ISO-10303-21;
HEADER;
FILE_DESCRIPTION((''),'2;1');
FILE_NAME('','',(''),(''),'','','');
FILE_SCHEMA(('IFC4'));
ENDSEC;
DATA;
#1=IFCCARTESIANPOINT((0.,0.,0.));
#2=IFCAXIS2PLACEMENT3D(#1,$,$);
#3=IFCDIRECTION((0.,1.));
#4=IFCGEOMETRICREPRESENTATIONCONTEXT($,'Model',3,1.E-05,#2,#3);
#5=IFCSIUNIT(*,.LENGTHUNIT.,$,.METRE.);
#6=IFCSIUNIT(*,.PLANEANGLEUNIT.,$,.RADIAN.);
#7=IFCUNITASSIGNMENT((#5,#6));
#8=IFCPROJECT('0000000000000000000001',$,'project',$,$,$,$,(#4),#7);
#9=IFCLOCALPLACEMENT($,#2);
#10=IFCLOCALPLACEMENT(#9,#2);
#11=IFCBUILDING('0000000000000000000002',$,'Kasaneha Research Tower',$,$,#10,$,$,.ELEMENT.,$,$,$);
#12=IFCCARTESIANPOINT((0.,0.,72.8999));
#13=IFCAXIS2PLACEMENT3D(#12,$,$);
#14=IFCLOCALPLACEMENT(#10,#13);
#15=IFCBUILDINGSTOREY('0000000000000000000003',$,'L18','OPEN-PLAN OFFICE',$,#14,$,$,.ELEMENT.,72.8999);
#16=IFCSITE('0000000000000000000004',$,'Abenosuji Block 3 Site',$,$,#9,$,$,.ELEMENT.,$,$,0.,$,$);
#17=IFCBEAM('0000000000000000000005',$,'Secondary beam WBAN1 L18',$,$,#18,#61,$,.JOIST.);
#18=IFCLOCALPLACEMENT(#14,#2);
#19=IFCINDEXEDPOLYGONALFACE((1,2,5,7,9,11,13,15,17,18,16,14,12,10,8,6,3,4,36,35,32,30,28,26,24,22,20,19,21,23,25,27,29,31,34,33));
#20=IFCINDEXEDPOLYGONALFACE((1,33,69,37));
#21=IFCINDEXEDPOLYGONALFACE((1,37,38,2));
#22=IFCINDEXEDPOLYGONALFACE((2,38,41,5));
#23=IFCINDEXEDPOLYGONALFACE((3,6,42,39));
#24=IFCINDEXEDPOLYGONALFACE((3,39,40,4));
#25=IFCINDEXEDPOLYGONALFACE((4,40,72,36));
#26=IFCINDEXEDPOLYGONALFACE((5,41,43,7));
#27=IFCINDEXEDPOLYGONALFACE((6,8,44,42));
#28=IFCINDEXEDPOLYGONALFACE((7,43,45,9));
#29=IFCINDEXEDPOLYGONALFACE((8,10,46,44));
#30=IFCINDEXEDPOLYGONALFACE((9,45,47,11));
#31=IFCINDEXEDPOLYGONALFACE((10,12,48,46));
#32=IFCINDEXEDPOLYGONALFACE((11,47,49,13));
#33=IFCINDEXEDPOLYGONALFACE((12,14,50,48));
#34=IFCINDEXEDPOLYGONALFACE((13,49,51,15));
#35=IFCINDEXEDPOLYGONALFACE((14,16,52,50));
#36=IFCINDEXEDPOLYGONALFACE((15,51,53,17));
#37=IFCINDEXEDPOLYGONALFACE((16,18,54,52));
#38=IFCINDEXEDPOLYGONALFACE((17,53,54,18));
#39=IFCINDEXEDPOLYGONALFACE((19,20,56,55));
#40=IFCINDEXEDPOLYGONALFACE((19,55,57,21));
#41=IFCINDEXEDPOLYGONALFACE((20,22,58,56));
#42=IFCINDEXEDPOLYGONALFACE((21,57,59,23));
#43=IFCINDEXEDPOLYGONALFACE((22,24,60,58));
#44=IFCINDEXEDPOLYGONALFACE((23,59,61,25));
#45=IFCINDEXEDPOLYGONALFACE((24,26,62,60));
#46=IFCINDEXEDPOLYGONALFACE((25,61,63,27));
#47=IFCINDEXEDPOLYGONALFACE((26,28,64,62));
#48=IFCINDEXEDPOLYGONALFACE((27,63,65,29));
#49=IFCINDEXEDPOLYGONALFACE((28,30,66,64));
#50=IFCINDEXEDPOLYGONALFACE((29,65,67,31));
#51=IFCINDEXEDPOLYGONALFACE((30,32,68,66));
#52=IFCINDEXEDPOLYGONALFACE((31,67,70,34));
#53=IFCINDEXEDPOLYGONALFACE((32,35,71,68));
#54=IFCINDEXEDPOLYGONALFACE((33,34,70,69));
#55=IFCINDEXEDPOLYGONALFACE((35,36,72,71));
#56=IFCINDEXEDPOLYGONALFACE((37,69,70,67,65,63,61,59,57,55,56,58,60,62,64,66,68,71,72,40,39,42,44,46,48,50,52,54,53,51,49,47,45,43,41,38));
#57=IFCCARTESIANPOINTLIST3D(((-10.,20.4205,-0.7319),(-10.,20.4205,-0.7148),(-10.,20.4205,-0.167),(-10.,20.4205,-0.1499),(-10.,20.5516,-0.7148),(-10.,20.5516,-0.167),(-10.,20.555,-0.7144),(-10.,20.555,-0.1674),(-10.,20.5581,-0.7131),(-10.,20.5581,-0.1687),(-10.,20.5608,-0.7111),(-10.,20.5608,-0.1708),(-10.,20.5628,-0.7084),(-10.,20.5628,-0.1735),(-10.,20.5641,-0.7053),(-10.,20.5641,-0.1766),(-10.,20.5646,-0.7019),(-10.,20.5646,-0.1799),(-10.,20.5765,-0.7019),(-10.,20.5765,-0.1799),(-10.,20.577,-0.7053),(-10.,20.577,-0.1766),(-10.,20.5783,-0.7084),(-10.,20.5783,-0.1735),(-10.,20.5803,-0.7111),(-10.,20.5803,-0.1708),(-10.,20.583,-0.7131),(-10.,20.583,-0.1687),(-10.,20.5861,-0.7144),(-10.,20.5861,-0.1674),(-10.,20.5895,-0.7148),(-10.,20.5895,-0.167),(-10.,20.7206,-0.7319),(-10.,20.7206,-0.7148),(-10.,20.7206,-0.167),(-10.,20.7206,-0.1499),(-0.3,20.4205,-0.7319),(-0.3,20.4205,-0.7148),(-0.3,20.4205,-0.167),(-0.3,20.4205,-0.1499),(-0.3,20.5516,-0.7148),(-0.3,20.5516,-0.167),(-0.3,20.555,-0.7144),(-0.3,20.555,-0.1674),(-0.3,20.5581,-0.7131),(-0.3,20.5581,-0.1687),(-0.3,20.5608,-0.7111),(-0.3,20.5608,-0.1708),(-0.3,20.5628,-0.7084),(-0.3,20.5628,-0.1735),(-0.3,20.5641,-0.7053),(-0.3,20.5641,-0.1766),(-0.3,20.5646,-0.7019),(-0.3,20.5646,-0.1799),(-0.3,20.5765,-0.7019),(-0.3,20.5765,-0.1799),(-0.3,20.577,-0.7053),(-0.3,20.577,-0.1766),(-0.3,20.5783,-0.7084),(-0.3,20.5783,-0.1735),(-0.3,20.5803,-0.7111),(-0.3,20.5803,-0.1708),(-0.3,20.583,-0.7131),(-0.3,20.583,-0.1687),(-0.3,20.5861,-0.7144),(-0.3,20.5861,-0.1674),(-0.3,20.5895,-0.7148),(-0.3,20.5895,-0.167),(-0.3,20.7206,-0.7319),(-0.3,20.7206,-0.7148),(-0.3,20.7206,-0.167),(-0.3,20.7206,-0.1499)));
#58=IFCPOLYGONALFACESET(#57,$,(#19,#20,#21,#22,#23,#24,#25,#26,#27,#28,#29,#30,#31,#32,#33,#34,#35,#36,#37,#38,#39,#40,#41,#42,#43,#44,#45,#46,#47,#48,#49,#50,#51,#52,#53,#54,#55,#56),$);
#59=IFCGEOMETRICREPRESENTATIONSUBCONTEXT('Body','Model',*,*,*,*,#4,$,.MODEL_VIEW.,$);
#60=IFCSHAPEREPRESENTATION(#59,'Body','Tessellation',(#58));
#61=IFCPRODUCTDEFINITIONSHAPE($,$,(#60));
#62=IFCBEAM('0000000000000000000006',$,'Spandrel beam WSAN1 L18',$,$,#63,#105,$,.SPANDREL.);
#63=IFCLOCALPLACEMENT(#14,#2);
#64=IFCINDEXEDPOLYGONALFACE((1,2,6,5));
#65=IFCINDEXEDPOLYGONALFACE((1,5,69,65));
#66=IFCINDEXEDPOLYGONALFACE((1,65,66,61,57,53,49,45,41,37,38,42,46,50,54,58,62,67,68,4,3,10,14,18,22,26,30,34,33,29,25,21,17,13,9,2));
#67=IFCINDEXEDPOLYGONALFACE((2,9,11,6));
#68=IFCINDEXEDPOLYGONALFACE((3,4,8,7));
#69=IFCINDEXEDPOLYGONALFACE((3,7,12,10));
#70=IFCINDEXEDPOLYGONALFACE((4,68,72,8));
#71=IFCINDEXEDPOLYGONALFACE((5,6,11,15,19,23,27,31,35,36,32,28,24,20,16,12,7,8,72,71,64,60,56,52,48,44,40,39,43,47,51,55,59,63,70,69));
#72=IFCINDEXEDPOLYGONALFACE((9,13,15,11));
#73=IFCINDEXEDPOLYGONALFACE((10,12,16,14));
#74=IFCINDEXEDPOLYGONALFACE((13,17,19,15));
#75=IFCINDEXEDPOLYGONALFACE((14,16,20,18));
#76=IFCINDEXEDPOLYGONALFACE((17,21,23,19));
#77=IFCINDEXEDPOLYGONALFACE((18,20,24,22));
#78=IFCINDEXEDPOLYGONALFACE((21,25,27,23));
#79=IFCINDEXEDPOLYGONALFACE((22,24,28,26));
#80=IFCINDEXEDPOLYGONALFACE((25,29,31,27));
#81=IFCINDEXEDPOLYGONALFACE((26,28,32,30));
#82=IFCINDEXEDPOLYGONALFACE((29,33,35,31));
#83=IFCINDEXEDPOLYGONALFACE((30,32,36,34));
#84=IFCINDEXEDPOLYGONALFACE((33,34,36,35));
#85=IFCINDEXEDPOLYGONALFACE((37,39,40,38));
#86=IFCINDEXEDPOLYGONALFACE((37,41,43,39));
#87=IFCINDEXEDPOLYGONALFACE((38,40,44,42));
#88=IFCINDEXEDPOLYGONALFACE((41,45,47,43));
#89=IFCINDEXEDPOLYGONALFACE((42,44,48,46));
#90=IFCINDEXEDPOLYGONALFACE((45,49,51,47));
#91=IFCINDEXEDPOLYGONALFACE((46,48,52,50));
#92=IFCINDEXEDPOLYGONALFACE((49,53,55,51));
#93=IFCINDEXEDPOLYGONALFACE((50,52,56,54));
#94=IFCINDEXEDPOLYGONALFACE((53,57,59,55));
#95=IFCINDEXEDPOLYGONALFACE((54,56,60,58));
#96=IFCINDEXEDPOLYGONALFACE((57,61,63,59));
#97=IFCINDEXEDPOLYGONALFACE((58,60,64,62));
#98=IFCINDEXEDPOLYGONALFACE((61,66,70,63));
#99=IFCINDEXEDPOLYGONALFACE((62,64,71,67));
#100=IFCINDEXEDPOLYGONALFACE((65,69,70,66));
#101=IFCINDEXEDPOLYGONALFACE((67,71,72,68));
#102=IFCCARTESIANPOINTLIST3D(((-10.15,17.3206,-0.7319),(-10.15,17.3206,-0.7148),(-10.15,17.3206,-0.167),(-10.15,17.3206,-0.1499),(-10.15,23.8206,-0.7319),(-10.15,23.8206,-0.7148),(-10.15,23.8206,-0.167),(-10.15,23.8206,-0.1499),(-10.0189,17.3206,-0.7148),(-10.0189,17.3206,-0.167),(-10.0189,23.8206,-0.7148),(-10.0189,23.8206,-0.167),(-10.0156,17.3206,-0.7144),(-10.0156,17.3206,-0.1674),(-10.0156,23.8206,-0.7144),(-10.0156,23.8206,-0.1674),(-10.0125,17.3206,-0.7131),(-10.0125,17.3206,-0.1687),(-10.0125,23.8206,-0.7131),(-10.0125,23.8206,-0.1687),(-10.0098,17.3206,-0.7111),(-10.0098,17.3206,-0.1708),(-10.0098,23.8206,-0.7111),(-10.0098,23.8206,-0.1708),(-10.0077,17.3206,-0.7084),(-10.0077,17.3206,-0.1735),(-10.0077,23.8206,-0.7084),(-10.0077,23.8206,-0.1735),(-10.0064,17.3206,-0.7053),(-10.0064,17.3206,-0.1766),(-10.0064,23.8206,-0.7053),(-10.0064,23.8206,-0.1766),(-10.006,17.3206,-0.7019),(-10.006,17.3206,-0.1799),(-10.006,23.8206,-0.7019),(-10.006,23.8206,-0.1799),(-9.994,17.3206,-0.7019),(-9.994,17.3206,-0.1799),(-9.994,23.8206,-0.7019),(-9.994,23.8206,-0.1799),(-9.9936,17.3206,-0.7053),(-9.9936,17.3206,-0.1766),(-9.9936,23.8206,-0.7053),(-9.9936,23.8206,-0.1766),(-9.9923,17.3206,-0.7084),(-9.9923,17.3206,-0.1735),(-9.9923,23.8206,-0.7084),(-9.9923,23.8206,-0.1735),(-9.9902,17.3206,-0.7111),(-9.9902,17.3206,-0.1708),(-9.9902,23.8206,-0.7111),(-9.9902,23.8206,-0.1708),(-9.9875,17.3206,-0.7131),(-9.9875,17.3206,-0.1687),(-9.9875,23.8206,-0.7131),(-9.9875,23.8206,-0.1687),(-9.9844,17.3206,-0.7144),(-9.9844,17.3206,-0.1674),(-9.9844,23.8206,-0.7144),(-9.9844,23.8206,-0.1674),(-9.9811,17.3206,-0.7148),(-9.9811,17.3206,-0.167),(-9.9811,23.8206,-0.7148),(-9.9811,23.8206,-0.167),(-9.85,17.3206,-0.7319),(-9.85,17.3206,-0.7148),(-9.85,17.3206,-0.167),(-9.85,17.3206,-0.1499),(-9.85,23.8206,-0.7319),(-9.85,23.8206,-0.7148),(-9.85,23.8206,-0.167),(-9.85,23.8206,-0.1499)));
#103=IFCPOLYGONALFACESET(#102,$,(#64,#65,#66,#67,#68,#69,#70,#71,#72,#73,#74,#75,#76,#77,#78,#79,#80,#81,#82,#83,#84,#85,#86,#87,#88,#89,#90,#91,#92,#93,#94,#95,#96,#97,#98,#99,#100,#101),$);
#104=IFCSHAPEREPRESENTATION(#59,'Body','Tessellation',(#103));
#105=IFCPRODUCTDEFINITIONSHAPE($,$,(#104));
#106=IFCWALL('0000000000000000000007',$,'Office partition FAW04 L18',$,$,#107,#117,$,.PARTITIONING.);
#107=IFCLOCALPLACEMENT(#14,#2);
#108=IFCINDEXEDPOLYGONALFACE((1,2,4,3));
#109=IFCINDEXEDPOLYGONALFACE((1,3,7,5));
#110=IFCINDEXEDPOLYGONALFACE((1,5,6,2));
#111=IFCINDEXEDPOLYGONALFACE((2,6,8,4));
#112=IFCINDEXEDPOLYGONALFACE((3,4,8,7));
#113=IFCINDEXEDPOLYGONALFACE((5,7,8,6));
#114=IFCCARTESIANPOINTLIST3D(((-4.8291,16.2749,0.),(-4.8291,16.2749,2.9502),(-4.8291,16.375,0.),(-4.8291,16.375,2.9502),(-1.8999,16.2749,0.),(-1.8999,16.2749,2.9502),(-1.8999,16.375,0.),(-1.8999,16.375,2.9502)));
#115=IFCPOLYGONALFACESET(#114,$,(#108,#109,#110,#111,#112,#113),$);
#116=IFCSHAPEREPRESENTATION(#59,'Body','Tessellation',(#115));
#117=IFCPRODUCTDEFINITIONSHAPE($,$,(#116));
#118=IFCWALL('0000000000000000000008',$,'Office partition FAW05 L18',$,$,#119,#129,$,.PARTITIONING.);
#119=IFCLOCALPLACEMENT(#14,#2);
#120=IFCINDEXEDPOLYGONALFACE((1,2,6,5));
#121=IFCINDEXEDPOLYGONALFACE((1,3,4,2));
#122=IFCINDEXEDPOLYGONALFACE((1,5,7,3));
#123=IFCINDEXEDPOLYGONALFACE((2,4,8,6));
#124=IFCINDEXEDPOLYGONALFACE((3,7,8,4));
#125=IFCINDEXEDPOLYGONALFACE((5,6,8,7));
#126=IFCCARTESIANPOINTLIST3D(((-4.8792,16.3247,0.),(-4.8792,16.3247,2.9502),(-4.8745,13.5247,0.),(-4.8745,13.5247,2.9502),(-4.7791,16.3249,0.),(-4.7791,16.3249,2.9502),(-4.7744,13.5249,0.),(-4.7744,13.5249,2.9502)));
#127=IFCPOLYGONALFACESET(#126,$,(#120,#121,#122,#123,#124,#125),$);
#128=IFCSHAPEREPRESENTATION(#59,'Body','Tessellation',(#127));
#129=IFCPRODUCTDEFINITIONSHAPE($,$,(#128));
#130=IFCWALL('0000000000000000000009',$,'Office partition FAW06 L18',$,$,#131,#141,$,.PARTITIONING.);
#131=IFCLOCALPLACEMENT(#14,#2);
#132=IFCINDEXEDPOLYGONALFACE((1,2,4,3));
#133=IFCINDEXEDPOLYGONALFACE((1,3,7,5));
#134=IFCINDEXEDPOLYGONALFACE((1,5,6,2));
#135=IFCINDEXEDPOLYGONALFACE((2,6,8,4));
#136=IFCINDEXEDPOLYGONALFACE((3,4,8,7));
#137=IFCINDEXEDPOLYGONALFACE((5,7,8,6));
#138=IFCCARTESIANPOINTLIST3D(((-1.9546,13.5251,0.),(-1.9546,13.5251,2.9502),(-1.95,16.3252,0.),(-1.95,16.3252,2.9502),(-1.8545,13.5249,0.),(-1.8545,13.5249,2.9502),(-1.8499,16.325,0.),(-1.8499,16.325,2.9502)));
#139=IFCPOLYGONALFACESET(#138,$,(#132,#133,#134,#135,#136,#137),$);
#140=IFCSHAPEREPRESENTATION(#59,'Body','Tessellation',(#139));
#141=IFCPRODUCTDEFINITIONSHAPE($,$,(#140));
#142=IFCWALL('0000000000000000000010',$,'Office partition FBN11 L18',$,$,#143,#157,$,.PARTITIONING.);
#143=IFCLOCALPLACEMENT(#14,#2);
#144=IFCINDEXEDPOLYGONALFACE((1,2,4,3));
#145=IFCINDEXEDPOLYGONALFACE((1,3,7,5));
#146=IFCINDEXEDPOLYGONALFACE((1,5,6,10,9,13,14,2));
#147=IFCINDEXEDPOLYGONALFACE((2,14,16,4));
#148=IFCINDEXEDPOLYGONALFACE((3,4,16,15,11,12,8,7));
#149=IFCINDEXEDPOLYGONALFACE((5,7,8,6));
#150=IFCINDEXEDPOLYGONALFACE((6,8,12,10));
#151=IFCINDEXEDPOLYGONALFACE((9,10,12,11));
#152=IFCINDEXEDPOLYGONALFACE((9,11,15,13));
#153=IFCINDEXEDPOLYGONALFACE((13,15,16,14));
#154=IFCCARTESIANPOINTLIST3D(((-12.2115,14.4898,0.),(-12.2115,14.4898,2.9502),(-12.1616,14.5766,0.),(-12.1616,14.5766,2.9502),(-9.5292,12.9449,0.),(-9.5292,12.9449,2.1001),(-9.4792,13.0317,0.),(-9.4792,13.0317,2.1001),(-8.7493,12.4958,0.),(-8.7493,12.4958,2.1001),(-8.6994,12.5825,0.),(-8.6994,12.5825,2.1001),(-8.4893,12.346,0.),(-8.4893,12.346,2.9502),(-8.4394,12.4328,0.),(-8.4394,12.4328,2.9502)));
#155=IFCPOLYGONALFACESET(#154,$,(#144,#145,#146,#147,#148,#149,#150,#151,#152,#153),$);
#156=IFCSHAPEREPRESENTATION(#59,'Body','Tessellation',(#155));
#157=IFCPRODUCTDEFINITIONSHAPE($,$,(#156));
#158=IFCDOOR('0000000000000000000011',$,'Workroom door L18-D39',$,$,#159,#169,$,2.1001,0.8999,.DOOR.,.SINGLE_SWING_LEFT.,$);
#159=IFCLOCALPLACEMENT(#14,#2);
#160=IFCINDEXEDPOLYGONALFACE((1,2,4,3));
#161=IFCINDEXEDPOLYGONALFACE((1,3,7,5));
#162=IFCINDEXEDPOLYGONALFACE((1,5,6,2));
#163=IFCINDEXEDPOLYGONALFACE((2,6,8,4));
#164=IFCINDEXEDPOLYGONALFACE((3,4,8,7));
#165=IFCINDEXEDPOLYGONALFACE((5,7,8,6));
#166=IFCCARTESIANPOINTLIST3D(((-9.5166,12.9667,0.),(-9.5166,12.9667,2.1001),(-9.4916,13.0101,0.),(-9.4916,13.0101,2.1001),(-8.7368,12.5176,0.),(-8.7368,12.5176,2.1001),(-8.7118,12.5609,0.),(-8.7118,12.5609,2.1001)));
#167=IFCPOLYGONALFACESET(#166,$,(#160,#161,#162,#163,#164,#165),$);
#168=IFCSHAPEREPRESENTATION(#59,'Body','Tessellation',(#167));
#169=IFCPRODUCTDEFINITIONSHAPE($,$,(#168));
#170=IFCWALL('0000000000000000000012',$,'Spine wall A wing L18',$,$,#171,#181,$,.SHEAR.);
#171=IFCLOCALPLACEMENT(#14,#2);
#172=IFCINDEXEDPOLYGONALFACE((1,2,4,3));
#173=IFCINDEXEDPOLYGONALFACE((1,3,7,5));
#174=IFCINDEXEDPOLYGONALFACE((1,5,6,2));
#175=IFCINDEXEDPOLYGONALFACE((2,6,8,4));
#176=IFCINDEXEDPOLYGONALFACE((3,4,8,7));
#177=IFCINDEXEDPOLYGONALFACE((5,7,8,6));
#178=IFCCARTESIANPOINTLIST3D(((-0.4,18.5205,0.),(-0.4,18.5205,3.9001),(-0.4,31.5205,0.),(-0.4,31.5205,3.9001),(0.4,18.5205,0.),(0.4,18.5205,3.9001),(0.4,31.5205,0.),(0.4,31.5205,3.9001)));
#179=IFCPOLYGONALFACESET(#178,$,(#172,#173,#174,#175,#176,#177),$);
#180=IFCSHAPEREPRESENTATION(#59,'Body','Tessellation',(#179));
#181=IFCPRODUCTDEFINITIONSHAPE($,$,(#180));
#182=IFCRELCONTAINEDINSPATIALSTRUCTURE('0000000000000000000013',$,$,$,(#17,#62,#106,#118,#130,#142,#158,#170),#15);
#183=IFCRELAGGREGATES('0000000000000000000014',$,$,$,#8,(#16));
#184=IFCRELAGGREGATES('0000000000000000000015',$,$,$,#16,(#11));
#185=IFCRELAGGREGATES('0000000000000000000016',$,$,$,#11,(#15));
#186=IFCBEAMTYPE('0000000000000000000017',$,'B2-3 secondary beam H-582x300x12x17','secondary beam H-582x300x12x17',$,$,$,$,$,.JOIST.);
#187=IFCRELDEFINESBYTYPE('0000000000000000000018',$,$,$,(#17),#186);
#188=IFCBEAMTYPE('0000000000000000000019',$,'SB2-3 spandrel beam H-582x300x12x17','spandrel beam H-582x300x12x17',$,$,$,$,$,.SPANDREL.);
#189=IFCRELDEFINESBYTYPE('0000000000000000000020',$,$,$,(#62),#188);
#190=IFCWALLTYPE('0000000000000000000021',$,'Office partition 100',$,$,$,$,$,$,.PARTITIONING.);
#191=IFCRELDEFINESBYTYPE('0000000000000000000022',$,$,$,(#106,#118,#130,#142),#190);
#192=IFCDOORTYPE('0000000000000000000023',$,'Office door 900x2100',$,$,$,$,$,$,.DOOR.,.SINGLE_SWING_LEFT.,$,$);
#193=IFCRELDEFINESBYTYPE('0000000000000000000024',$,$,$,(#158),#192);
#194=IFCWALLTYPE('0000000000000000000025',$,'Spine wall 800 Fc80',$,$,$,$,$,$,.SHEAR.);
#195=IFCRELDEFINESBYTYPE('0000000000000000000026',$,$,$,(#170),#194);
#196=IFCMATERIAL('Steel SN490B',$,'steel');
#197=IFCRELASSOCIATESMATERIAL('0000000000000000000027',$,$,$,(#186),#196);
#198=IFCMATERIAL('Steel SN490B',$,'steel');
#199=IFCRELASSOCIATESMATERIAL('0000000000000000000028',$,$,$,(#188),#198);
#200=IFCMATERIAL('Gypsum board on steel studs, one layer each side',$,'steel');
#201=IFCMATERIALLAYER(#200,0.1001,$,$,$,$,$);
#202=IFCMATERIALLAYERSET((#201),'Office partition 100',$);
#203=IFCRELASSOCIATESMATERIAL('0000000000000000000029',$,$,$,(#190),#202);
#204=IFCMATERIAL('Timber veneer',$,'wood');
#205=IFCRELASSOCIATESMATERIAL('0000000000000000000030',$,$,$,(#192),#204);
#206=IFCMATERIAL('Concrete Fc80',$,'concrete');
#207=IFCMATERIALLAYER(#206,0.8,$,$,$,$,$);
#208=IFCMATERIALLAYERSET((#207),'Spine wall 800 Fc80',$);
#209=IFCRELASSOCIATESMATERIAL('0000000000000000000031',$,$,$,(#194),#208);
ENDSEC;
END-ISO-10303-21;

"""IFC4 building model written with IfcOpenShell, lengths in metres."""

from ifc_helpers import new_model, si_unit, direction, frame, frame_2d, origin, origin_2d, place, context, subcontext, project, spatial, rectangle, i_section, extrude, material, layer, layer_set, material_profile, profile_set, type_object, element, fill, save


model = new_model("IFC4")

# Units and contexts
model_context = context("Model", 3, precision=1e-05, world=origin(), true_north=direction((0.0, 1.0)))
body_context = subcontext(model_context, "Body", "Model", "MODEL_VIEW")
ifc_project = project(units=[si_unit("LENGTHUNIT", "METRE"), si_unit("PLANEANGLEUNIT", "RADIAN")], contexts=[model_context])

# Site, building, storey
site_placement = place(None, origin())
site = spatial("IfcSite", under=ifc_project, at=site_placement, Name="Abenosuji Block 3 Site", CompositionType="ELEMENT", RefElevation=0.0)
building_placement = place(site_placement, origin())
building = spatial("IfcBuilding", under=site, at=building_placement, Name="Kasaneha Research Tower", CompositionType="ELEMENT")
storey_placement = place(building_placement, frame((0.0, 0.0, 72.8999)))
storey = spatial("IfcBuildingStorey", under=building, at=storey_placement, Name="L18", Description="OPEN-PLAN OFFICE", CompositionType="ELEMENT", Elevation=72.8999)

# Beams
ifc_material_1 = material(Name="Steel SN490B", Category="steel")
ifc_material_profile_1 = material_profile(ifc_material_1, i_section(OverallWidth=0.3, OverallDepth=0.582, WebThickness=0.012, FlangeThickness=0.0171, FilletRadius=0.0129, at=origin_2d()), Name="H-582x300x12x17")
ifc_profile_set_1 = profile_set([ifc_material_profile_1], Name="Steel SN490B")
beam_type_1 = type_object("IfcBeamType", Name="B2-3 secondary beam H-582x300x12x17", Description="secondary beam H-582x300x12x17", PredefinedType="JOIST", material=ifc_profile_set_1)
beam_1_placement = place(storey_placement, frame((-10.0, 20.5706, -0.4409), z_axis=(1.0, 0.0, 0.0), x_axis=(0.0, 1.0, 0.0)))
element("IfcBeam", 1, at=beam_1_placement, inside=storey, type_object=beam_type_1, Name="Secondary beam WBAN1 L18", PredefinedType="JOIST", context=body_context, shape_type="SweptSolid", body=[
    extrude(i_section(OverallWidth=0.3, OverallDepth=0.582, WebThickness=0.012, FlangeThickness=0.0171, FilletRadius=0.0129, at=origin_2d()), origin(), (0.0, 0.0, 1.0), 9.7),
])
ifc_material_2 = material(Name="Steel SN490B", Category="steel")
ifc_material_profile_2 = material_profile(ifc_material_2, i_section(OverallWidth=0.3, OverallDepth=0.582, WebThickness=0.012, FlangeThickness=0.0171, FilletRadius=0.0129, at=origin_2d()), Name="H-582x300x12x17")
ifc_profile_set_2 = profile_set([ifc_material_profile_2], Name="Steel SN490B")
beam_type_2 = type_object("IfcBeamType", Name="SB2-3 spandrel beam H-582x300x12x17", Description="spandrel beam H-582x300x12x17", PredefinedType="SPANDREL", material=ifc_profile_set_2)
beam_2_placement = place(storey_placement, frame((-10.0, 17.3206, -0.4409), z_axis=(0.0, 1.0, 0.0), x_axis=(-1.0, 0.0, 0.0)))
element("IfcBeam", 2, at=beam_2_placement, inside=storey, type_object=beam_type_2, Name="Spandrel beam WSAN1 L18", PredefinedType="SPANDREL", context=body_context, shape_type="SweptSolid", body=[
    extrude(i_section(OverallWidth=0.3, OverallDepth=0.582, WebThickness=0.012, FlangeThickness=0.0171, FilletRadius=0.0129, at=origin_2d()), origin(), (0.0, 0.0, 1.0), 6.5),
])

# Walls
ifc_material_3 = material(Name="Gypsum board on steel studs, one layer each side", Category="steel")
ifc_layer_1 = layer(ifc_material_3, 0.1001)
ifc_layer_set_1 = layer_set([ifc_layer_1], Name="Office partition 100")
wall_type_1 = type_object("IfcWallType", Name="Office partition 100", PredefinedType="PARTITIONING", material=ifc_layer_set_1)
wall_1_placement = place(storey_placement, frame((-4.8291, 16.325, 0.0), z_axis=(0.0, 0.0, 1.0), x_axis=(1.0, 0.0, 0.0)))
element("IfcWall", 3, at=wall_1_placement, inside=storey, type_object=wall_type_1, Name="Office partition FAW04 L18", PredefinedType="PARTITIONING", context=body_context, shape_type="SweptSolid", body=[
    extrude(rectangle(XDim=2.9292, YDim=0.1001, at=frame_2d((1.4646, 0.0))), origin(), (0.0, 0.0, 1.0), 2.9502),
])
for number, where, z_axis, x_axis, name in (
    (4, (-4.8245, 13.5249, 0.0), (0.0, 0.0, 1.0), (-0.001657, 0.999999, 0.0), "Office partition FAW05 L18"),
    (5, (-1.8999, 16.325, 0.0), (0.0, 0.0, 1.0), (-0.001657, -0.999999, 0.0), "Office partition FAW06 L18"),
):
    element("IfcWall", number, at=place(storey_placement, frame(where, z_axis=z_axis, x_axis=x_axis)), inside=storey, type_object=wall_type_1, Name=name, PredefinedType="PARTITIONING", context=body_context, shape_type="SweptSolid", body=[
        extrude(rectangle(XDim=2.8, YDim=0.1001, at=frame_2d((1.3999, 0.0))), origin(), (0.0, 0.0, 1.0), 2.9502),
    ])

# Wall, opening, door
wall_2_placement = place(storey_placement, frame((-8.4644, 12.3894, 0.0), z_axis=(0.0, 0.0, 1.0), x_axis=(-0.866549, 0.499093, 0.0)))
wall_2 = element("IfcWall", 6, at=wall_2_placement, inside=storey, type_object=wall_type_1, Name="Office partition FBN11 L18", PredefinedType="PARTITIONING", context=body_context, shape_type="SweptSolid", body=[
    extrude(rectangle(XDim=4.2954, YDim=0.1001, at=frame_2d((2.1477, 0.0))), origin(), (0.0, 0.0, 1.0), 2.9502),
])
opening_1_placement = place(wall_2_placement, frame((0.3, 0.0, 0.0)))
opening_1 = element("IfcOpeningElement", 7, at=opening_1_placement, cuts=wall_2, PredefinedType="OPENING", context=body_context, shape_type="SweptSolid", body=[
    extrude(rectangle(XDim=0.8999, YDim=2.1001, at=frame_2d((0.45, 1.05))), frame((0.0, 0.0601, 0.0), z_axis=(0.0, -1.0, 0.0), x_axis=(1.0, 0.0, 0.0)), (0.0, 0.0, 1.0), 0.1201),
])
ifc_material_4 = material(Name="Timber veneer", Category="wood")
door_type_1 = type_object("IfcDoorType", Name="Office door 900x2100", OperationType="SINGLE_SWING_LEFT", PredefinedType="DOOR", material=ifc_material_4)
door_1_placement = place(opening_1_placement, origin())
door_1 = element("IfcDoor", 8, at=door_1_placement, inside=storey, type_object=door_type_1, Name="Workroom door L18-D39", OperationType="SINGLE_SWING_LEFT", OverallHeight=2.1001, OverallWidth=0.8999, PredefinedType="DOOR", context=body_context, shape_type="SweptSolid", body=[
    extrude(rectangle(XDim=0.8999, YDim=2.1001, at=frame_2d((0.45, 1.05))), frame((0.0, 0.0249, 0.0), z_axis=(0.0, -1.0, 0.0), x_axis=(1.0, 0.0, 0.0)), (0.0, 0.0, 1.0), 0.05),
])
fill(opening_1, door_1)

# Wall
ifc_material_5 = material(Name="Concrete Fc80", Category="concrete")
ifc_layer_2 = layer(ifc_material_5, 0.8)
ifc_layer_set_2 = layer_set([ifc_layer_2], Name="Spine wall 800 Fc80")
wall_type_2 = type_object("IfcWallType", Name="Spine wall 800 Fc80", PredefinedType="SHEAR", material=ifc_layer_set_2)
wall_3_placement = place(storey_placement, frame((0.0, 18.5205, 0.0), z_axis=(0.0, 0.0, 1.0), x_axis=(0.0, 1.0, 0.0)))
element("IfcWall", 9, at=wall_3_placement, inside=storey, type_object=wall_type_2, Name="Spine wall A wing L18", PredefinedType="SHEAR", context=body_context, shape_type="SweptSolid", body=[
    extrude(rectangle(XDim=13.0, YDim=0.8, at=frame_2d((6.5, 0.0))), origin(), (0.0, 0.0, 1.0), 3.9001),
])

save(model, "model.ifc")
